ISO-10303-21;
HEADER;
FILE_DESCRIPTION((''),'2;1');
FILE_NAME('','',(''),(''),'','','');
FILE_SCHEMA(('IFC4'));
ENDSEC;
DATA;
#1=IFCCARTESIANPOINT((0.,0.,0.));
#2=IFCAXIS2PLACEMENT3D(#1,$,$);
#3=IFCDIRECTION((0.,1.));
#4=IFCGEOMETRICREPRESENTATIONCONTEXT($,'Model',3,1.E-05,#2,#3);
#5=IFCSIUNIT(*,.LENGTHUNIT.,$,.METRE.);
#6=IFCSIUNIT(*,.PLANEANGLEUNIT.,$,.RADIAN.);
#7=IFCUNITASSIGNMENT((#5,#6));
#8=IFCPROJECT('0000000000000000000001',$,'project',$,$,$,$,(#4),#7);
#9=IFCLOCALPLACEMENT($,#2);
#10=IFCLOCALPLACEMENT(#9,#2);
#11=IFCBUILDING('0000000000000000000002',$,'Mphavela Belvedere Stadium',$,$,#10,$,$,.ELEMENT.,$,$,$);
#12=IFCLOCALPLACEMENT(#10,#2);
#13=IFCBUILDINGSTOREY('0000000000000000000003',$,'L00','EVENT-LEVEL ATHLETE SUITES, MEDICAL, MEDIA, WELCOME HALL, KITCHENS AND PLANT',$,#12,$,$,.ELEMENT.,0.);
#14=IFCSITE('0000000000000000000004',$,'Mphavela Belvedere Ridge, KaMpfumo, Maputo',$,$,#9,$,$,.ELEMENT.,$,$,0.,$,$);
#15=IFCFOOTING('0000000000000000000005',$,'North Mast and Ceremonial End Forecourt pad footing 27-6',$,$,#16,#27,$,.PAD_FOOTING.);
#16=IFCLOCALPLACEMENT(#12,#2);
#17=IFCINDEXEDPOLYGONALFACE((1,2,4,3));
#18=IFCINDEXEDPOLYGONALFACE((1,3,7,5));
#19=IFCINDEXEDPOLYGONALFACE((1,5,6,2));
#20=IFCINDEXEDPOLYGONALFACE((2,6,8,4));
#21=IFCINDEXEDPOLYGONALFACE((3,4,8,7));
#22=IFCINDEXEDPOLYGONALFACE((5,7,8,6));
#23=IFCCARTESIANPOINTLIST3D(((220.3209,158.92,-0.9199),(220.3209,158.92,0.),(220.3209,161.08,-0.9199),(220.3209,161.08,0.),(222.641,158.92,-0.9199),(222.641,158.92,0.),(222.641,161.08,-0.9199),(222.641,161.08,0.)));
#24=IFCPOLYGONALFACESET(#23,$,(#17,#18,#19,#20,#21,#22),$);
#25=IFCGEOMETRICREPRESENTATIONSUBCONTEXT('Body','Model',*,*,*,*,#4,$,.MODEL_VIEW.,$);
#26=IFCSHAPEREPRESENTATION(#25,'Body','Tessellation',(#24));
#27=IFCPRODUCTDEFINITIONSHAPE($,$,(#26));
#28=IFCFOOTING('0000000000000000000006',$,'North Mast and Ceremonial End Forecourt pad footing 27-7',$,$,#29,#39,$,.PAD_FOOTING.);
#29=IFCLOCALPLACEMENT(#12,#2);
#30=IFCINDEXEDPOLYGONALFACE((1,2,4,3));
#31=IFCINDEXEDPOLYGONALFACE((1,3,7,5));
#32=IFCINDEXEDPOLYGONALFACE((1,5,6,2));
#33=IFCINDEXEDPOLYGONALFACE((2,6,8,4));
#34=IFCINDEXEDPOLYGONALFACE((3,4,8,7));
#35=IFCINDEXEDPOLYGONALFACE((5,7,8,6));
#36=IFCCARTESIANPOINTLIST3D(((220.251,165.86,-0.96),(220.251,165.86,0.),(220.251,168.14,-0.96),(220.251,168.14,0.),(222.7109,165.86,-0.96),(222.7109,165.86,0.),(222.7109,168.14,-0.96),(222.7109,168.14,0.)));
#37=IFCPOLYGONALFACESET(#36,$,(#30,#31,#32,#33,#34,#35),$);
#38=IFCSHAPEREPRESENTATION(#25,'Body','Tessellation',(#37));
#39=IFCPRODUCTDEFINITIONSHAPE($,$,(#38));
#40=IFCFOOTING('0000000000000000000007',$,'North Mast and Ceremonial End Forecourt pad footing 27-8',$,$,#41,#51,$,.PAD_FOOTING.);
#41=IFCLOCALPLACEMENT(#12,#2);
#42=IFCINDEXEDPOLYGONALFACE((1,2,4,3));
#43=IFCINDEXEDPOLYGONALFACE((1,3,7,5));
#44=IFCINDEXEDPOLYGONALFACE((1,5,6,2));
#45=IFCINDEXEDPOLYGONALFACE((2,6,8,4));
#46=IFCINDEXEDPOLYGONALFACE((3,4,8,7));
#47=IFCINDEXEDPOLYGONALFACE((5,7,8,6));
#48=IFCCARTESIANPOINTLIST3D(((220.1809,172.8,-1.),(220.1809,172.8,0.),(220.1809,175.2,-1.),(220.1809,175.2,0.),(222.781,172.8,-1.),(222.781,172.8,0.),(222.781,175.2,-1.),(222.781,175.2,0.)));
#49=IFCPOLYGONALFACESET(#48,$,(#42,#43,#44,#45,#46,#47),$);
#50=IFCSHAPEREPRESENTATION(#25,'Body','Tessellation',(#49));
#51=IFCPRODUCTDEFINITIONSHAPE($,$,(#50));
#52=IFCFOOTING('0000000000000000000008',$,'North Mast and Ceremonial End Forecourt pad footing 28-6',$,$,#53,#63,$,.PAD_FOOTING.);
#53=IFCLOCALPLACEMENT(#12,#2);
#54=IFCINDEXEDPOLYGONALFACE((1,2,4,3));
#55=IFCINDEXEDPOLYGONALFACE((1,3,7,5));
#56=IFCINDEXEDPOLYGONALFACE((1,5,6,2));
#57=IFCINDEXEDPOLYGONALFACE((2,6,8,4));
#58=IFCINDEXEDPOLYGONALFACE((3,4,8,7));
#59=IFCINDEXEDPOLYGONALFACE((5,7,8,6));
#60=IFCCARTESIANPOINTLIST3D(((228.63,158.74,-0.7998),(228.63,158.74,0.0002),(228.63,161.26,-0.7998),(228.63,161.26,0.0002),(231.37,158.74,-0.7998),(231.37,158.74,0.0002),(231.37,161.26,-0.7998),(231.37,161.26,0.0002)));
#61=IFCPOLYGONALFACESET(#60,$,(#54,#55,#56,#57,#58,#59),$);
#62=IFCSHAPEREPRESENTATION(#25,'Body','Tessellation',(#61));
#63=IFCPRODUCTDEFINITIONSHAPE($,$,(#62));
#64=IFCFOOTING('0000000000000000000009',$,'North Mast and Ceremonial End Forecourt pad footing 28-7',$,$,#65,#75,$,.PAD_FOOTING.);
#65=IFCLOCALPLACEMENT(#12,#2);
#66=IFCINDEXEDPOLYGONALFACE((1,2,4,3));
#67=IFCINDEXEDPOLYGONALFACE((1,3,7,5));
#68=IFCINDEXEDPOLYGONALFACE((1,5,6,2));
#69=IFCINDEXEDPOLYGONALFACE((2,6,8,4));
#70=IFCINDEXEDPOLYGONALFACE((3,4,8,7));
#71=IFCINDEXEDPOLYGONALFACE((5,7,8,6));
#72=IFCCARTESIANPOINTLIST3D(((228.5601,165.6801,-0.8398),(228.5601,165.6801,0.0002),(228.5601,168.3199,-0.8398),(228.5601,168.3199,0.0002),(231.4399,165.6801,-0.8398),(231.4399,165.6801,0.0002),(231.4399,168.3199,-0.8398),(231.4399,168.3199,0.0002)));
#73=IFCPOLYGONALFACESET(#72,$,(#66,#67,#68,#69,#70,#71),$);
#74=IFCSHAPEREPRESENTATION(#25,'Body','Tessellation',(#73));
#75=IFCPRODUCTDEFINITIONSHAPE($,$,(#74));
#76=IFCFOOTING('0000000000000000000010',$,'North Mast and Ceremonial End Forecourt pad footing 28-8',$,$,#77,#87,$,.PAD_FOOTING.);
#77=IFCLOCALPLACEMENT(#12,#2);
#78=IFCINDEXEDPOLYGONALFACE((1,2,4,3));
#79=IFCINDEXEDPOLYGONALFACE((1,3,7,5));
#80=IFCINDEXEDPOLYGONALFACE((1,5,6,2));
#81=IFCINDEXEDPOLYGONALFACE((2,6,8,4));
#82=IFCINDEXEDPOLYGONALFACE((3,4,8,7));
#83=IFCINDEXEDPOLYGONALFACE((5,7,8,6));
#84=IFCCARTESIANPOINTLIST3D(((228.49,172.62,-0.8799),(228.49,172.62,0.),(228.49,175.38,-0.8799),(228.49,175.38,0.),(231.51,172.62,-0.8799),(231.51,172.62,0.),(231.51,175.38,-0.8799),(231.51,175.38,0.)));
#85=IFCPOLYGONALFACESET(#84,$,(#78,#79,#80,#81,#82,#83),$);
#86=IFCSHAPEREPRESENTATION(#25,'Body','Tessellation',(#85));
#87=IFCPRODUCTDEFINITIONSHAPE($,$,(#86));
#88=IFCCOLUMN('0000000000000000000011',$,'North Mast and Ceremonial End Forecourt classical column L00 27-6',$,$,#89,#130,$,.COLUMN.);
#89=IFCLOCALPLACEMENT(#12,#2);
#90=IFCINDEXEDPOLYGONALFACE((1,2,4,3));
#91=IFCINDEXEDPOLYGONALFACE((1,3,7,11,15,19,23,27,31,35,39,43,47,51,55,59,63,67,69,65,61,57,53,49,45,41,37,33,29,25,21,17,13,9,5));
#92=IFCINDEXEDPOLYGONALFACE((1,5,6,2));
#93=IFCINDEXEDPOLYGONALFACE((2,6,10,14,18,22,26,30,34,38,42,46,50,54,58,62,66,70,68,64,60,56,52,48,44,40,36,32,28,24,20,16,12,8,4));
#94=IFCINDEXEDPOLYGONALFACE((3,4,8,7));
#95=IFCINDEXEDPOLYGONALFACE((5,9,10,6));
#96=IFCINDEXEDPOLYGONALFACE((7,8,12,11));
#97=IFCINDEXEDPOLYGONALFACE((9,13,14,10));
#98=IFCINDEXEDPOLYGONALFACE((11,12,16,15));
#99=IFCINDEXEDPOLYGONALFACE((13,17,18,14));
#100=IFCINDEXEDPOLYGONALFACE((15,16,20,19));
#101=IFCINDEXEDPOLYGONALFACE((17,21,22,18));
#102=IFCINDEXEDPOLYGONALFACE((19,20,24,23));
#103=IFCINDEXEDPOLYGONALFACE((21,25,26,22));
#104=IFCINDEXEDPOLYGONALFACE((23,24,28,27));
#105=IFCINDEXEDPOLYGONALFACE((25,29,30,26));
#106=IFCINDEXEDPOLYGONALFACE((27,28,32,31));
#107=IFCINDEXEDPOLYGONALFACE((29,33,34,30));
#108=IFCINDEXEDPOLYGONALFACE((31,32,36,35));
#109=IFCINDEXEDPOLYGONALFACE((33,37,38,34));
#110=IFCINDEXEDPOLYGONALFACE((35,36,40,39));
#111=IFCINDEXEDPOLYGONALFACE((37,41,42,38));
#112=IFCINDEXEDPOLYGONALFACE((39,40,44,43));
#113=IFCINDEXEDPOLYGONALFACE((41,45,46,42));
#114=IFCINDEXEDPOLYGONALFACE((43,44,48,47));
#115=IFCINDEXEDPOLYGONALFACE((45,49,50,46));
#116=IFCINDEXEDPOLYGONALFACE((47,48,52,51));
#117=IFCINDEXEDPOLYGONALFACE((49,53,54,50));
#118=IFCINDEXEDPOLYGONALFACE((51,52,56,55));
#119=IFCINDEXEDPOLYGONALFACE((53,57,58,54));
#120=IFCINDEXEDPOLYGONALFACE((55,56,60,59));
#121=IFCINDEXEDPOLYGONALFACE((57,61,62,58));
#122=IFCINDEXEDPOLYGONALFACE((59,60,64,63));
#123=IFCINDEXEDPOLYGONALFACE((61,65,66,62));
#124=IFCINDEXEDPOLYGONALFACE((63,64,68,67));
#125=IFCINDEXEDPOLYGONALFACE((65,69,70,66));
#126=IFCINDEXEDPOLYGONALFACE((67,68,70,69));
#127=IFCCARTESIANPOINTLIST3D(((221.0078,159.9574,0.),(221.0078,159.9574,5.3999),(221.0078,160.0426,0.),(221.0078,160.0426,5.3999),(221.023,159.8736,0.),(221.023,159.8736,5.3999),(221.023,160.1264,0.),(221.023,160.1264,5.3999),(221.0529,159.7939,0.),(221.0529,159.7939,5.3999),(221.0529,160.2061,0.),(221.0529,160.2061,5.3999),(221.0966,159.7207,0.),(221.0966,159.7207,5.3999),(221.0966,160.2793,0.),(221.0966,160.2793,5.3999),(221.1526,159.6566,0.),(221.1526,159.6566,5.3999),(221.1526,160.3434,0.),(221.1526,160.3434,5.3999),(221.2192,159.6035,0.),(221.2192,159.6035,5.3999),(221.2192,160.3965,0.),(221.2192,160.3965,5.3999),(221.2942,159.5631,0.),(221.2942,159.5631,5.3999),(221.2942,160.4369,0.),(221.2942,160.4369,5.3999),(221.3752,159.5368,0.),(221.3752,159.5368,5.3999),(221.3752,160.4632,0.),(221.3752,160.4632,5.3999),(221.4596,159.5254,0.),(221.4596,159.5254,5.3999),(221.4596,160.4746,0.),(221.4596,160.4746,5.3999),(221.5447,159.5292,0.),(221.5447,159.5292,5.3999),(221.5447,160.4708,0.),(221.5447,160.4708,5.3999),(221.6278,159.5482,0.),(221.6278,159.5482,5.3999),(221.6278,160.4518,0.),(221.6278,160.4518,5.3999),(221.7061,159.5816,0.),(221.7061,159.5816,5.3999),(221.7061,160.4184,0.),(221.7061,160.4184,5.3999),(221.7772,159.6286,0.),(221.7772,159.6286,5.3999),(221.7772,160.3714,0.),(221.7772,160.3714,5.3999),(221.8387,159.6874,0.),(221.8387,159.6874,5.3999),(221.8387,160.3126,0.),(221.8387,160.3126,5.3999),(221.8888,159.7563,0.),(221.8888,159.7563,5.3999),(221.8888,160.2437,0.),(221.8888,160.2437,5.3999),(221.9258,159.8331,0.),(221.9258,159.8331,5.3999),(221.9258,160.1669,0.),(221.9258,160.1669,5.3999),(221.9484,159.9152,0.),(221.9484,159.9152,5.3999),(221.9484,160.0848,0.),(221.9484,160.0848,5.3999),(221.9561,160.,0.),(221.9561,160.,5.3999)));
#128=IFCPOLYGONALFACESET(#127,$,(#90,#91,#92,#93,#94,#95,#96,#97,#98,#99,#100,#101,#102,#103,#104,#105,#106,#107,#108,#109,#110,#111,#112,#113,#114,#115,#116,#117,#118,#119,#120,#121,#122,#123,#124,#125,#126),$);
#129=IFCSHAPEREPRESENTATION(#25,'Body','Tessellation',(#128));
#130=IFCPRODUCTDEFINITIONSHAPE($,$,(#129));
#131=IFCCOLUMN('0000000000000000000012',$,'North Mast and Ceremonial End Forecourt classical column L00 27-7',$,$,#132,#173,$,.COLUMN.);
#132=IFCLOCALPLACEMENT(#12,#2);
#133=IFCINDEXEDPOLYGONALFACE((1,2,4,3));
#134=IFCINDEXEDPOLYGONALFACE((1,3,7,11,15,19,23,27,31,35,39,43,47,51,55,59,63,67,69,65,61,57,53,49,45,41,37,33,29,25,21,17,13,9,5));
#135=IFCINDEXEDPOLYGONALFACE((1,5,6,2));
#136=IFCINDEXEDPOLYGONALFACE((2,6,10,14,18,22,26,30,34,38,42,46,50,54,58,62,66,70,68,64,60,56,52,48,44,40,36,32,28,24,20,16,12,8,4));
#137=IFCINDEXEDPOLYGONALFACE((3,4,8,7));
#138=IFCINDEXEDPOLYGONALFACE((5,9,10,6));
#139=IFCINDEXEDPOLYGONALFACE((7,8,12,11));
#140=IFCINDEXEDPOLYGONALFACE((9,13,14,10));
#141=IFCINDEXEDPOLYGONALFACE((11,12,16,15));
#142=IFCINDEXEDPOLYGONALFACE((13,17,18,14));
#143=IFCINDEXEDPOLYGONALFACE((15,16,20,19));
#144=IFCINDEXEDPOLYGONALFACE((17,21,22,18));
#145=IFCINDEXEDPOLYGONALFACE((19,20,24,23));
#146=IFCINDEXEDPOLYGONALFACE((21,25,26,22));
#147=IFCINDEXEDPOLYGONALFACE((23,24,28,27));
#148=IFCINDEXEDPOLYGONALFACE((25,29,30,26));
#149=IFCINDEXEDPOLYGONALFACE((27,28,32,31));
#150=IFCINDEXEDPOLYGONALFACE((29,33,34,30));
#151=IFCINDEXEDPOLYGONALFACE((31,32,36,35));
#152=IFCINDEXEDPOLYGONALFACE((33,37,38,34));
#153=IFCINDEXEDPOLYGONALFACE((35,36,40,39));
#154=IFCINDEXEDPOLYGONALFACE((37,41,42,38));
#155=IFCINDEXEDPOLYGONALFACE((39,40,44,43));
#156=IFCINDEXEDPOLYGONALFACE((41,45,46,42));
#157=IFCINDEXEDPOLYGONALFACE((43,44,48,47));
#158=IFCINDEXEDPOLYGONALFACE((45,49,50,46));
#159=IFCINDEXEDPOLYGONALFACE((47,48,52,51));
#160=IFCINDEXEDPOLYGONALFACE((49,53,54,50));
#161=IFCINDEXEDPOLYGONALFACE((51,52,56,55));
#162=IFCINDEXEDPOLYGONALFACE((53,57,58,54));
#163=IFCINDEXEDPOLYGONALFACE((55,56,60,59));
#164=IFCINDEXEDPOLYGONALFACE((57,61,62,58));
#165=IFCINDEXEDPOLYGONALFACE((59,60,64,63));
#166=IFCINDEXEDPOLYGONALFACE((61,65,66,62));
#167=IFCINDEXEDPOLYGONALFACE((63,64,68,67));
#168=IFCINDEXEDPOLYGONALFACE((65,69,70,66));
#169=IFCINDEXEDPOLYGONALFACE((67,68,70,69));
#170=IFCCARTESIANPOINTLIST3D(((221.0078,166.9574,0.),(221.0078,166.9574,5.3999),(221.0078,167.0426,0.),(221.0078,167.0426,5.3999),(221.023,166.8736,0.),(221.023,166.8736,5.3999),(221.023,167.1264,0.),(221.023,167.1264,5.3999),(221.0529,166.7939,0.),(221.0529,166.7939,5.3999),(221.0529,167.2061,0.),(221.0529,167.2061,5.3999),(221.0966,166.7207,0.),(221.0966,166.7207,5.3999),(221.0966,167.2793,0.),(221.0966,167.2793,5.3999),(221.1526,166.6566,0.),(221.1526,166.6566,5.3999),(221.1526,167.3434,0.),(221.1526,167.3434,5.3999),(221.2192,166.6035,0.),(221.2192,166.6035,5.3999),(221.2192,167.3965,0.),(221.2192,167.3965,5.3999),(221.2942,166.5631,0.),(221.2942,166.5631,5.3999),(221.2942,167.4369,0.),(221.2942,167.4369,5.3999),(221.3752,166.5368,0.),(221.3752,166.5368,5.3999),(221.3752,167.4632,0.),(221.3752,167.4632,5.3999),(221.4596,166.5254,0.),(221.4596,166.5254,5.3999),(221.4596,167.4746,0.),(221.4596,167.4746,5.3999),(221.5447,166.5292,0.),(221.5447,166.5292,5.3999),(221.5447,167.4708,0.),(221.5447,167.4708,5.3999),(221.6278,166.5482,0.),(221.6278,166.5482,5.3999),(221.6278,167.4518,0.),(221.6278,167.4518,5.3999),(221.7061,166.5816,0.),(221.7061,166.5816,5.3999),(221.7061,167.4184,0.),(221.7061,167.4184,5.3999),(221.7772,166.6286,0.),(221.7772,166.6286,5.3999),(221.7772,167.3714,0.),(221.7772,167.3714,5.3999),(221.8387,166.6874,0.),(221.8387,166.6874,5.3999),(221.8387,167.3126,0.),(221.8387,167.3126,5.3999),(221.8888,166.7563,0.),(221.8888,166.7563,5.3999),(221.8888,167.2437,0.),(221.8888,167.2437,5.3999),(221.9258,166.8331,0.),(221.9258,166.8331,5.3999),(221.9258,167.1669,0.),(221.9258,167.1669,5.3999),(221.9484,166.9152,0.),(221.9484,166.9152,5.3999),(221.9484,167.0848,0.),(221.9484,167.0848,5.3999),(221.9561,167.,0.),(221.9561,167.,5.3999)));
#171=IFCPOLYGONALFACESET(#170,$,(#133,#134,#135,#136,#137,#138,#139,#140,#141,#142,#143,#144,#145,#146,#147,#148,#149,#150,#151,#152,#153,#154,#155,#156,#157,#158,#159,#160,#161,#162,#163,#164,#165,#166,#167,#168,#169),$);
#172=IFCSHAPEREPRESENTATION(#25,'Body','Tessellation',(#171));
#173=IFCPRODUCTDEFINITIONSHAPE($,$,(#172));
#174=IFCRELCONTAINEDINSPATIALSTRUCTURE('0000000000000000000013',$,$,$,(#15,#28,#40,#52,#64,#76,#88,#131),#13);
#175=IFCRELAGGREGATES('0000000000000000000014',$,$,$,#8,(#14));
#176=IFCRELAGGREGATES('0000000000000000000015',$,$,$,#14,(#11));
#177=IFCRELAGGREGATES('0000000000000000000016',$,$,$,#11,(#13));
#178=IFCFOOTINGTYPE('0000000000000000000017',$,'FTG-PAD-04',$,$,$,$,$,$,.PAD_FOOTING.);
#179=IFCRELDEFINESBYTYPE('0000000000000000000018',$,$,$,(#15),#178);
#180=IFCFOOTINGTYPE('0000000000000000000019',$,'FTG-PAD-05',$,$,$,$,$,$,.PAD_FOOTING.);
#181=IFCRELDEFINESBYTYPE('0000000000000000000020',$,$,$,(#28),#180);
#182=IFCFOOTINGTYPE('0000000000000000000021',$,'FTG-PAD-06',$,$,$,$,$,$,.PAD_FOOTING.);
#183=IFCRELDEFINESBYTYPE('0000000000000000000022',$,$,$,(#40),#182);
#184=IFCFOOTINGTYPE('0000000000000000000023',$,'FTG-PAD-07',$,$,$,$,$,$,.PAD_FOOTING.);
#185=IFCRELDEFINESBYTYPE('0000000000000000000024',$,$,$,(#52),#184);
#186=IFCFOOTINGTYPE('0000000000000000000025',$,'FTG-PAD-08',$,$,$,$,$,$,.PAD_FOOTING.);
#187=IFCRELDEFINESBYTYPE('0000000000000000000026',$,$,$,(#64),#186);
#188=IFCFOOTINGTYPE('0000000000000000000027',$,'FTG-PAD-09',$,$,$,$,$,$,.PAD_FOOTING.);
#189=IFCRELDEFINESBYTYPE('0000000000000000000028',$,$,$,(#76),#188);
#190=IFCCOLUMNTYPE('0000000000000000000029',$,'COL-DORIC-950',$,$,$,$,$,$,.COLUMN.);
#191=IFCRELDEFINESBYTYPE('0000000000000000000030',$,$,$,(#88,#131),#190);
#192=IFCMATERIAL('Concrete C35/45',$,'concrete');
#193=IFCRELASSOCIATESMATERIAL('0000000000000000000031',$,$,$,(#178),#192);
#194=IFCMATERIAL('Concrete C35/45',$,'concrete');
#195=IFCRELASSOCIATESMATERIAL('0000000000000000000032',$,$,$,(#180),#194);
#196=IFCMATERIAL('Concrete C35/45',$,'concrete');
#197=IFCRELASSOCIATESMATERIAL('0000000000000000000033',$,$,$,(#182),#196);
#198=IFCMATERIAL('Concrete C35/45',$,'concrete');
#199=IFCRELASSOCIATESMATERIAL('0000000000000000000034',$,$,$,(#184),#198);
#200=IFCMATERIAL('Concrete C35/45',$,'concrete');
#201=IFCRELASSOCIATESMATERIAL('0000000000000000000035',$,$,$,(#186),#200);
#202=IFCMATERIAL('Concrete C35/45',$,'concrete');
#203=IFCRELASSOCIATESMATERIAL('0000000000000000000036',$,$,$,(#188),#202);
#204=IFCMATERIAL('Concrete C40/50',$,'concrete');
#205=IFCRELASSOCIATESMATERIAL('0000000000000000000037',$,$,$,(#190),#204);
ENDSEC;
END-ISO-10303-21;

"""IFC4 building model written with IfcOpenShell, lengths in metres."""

from ifc_helpers import new_model, si_unit, direction, frame, origin, origin_2d, place, context, subcontext, project, spatial, rectangle, circle, extrude, material, material_profile, profile_set, type_object, element, save


model = new_model("IFC4")

# Units and contexts
model_context = context("Model", 3, precision=1e-05, world=origin(), true_north=direction((0.0, 1.0)))
body_context = subcontext(model_context, "Body", "Model", "MODEL_VIEW")
ifc_project = project(units=[si_unit("LENGTHUNIT", "METRE"), si_unit("PLANEANGLEUNIT", "RADIAN")], contexts=[model_context])

# Site, building, storey
site_placement = place(None, origin())
site = spatial("IfcSite", under=ifc_project, at=site_placement, Name="Mphavela Belvedere Ridge, KaMpfumo, Maputo", CompositionType="ELEMENT", RefElevation=0.0)
building_placement = place(site_placement, origin())
building = spatial("IfcBuilding", under=site, at=building_placement, Name="Mphavela Belvedere Stadium", CompositionType="ELEMENT")
storey_placement = place(building_placement, origin())
storey = spatial("IfcBuildingStorey", under=building, at=storey_placement, Name="L00", Description="EVENT-LEVEL ATHLETE SUITES, MEDICAL, MEDIA, WELCOME HALL, KITCHENS AND PLANT", CompositionType="ELEMENT", Elevation=0.0)

# Footings
ifc_material_1 = material(Name="Concrete C35/45", Category="concrete")
footing_type_1 = type_object("IfcFootingType", Name="FTG-PAD-04", PredefinedType="PAD_FOOTING", material=ifc_material_1)
footing_1_placement = place(storey_placement, frame((221.481, 160.0, -0.9199), z_axis=(0.0, 0.0, 1.0), x_axis=(1.0, 0.0, 0.0)))
element("IfcFooting", 1, at=footing_1_placement, inside=storey, type_object=footing_type_1, Name="North Mast and Ceremonial End Forecourt pad footing 27-6", PredefinedType="PAD_FOOTING", context=body_context, shape_type="SweptSolid", body=[
    extrude(rectangle(XDim=2.3201, YDim=2.1599, at=origin_2d()), origin(), (0.0, 0.0, 1.0), 0.9199),
])
ifc_material_2 = material(Name="Concrete C35/45", Category="concrete")
footing_type_2 = type_object("IfcFootingType", Name="FTG-PAD-05", PredefinedType="PAD_FOOTING", material=ifc_material_2)
footing_2_placement = place(storey_placement, frame((221.481, 167.0, -0.96), z_axis=(0.0, 0.0, 1.0), x_axis=(1.0, 0.0, 0.0)))
element("IfcFooting", 2, at=footing_2_placement, inside=storey, type_object=footing_type_2, Name="North Mast and Ceremonial End Forecourt pad footing 27-7", PredefinedType="PAD_FOOTING", context=body_context, shape_type="SweptSolid", body=[
    extrude(rectangle(XDim=2.46, YDim=2.28, at=origin_2d()), origin(), (0.0, 0.0, 1.0), 0.96),
])
ifc_material_3 = material(Name="Concrete C35/45", Category="concrete")
footing_type_3 = type_object("IfcFootingType", Name="FTG-PAD-06", PredefinedType="PAD_FOOTING", material=ifc_material_3)
footing_3_placement = place(storey_placement, frame((221.481, 174.0, -1.0), z_axis=(0.0, 0.0, 1.0), x_axis=(1.0, 0.0, 0.0)))
element("IfcFooting", 3, at=footing_3_placement, inside=storey, type_object=footing_type_3, Name="North Mast and Ceremonial End Forecourt pad footing 27-8", PredefinedType="PAD_FOOTING", context=body_context, shape_type="SweptSolid", body=[
    extrude(rectangle(XDim=2.6001, YDim=2.3999, at=origin_2d()), origin(), (0.0, 0.0, 1.0), 1.0),
])
ifc_material_4 = material(Name="Concrete C35/45", Category="concrete")
footing_type_4 = type_object("IfcFootingType", Name="FTG-PAD-07", PredefinedType="PAD_FOOTING", material=ifc_material_4)
footing_4_placement = place(storey_placement, frame((230.0, 160.0, -0.7998), z_axis=(0.0, 0.0, 1.0), x_axis=(1.0, 0.0, 0.0)))
element("IfcFooting", 4, at=footing_4_placement, inside=storey, type_object=footing_type_4, Name="North Mast and Ceremonial End Forecourt pad footing 28-6", PredefinedType="PAD_FOOTING", context=body_context, shape_type="SweptSolid", body=[
    extrude(rectangle(XDim=2.74, YDim=2.52, at=origin_2d()), origin(), (0.0, 0.0, 1.0), 0.8),
])
ifc_material_5 = material(Name="Concrete C35/45", Category="concrete")
footing_type_5 = type_object("IfcFootingType", Name="FTG-PAD-08", PredefinedType="PAD_FOOTING", material=ifc_material_5)
footing_5_placement = place(storey_placement, frame((230.0, 167.0, -0.8398), z_axis=(0.0, 0.0, 1.0), x_axis=(1.0, 0.0, 0.0)))
element("IfcFooting", 5, at=footing_5_placement, inside=storey, type_object=footing_type_5, Name="North Mast and Ceremonial End Forecourt pad footing 28-7", PredefinedType="PAD_FOOTING", context=body_context, shape_type="SweptSolid", body=[
    extrude(rectangle(XDim=2.8799, YDim=2.6399, at=origin_2d()), origin(), (0.0, 0.0, 1.0), 0.8401),
])
ifc_material_6 = material(Name="Concrete C35/45", Category="concrete")
footing_type_6 = type_object("IfcFootingType", Name="FTG-PAD-09", PredefinedType="PAD_FOOTING", material=ifc_material_6)
footing_6_placement = place(storey_placement, frame((230.0, 174.0, -0.8799), z_axis=(0.0, 0.0, 1.0), x_axis=(1.0, 0.0, 0.0)))
element("IfcFooting", 6, at=footing_6_placement, inside=storey, type_object=footing_type_6, Name="North Mast and Ceremonial End Forecourt pad footing 28-8", PredefinedType="PAD_FOOTING", context=body_context, shape_type="SweptSolid", body=[
    extrude(rectangle(XDim=3.02, YDim=2.76, at=origin_2d()), origin(), (0.0, 0.0, 1.0), 0.8799),
])

# Columns
ifc_material_7 = material(Name="Concrete C40/50", Category="concrete")
ifc_material_profile_1 = material_profile(ifc_material_7, circle(Radius=0.4751, at=origin_2d()), Name="COL D950")
ifc_profile_set_1 = profile_set([ifc_material_profile_1], Name="Concrete C40/50")
column_type = type_object("IfcColumnType", Name="COL-DORIC-950", PredefinedType="COLUMN", material=ifc_profile_set_1)
for number, where, z_axis, x_axis, name in (
    (7, (221.481, 160.0, 0.0), (0.0, 0.0, 1.0), (1.0, 0.0, 0.0), "North Mast and Ceremonial End Forecourt classical column L00 27-6"),
    (8, (221.481, 167.0, 0.0), (0.0, 0.0, 1.0), (1.0, 0.0, 0.0), "North Mast and Ceremonial End Forecourt classical column L00 27-7"),
):
    element("IfcColumn", number, at=place(storey_placement, frame(where, z_axis=z_axis, x_axis=x_axis)), inside=storey, type_object=column_type, Name=name, PredefinedType="COLUMN", context=body_context, shape_type="SweptSolid", body=[
        extrude(circle(Radius=0.4751, at=origin_2d()), origin(), (0.0, 0.0, 1.0), 5.3999),
    ])

save(model, "model.ifc")
